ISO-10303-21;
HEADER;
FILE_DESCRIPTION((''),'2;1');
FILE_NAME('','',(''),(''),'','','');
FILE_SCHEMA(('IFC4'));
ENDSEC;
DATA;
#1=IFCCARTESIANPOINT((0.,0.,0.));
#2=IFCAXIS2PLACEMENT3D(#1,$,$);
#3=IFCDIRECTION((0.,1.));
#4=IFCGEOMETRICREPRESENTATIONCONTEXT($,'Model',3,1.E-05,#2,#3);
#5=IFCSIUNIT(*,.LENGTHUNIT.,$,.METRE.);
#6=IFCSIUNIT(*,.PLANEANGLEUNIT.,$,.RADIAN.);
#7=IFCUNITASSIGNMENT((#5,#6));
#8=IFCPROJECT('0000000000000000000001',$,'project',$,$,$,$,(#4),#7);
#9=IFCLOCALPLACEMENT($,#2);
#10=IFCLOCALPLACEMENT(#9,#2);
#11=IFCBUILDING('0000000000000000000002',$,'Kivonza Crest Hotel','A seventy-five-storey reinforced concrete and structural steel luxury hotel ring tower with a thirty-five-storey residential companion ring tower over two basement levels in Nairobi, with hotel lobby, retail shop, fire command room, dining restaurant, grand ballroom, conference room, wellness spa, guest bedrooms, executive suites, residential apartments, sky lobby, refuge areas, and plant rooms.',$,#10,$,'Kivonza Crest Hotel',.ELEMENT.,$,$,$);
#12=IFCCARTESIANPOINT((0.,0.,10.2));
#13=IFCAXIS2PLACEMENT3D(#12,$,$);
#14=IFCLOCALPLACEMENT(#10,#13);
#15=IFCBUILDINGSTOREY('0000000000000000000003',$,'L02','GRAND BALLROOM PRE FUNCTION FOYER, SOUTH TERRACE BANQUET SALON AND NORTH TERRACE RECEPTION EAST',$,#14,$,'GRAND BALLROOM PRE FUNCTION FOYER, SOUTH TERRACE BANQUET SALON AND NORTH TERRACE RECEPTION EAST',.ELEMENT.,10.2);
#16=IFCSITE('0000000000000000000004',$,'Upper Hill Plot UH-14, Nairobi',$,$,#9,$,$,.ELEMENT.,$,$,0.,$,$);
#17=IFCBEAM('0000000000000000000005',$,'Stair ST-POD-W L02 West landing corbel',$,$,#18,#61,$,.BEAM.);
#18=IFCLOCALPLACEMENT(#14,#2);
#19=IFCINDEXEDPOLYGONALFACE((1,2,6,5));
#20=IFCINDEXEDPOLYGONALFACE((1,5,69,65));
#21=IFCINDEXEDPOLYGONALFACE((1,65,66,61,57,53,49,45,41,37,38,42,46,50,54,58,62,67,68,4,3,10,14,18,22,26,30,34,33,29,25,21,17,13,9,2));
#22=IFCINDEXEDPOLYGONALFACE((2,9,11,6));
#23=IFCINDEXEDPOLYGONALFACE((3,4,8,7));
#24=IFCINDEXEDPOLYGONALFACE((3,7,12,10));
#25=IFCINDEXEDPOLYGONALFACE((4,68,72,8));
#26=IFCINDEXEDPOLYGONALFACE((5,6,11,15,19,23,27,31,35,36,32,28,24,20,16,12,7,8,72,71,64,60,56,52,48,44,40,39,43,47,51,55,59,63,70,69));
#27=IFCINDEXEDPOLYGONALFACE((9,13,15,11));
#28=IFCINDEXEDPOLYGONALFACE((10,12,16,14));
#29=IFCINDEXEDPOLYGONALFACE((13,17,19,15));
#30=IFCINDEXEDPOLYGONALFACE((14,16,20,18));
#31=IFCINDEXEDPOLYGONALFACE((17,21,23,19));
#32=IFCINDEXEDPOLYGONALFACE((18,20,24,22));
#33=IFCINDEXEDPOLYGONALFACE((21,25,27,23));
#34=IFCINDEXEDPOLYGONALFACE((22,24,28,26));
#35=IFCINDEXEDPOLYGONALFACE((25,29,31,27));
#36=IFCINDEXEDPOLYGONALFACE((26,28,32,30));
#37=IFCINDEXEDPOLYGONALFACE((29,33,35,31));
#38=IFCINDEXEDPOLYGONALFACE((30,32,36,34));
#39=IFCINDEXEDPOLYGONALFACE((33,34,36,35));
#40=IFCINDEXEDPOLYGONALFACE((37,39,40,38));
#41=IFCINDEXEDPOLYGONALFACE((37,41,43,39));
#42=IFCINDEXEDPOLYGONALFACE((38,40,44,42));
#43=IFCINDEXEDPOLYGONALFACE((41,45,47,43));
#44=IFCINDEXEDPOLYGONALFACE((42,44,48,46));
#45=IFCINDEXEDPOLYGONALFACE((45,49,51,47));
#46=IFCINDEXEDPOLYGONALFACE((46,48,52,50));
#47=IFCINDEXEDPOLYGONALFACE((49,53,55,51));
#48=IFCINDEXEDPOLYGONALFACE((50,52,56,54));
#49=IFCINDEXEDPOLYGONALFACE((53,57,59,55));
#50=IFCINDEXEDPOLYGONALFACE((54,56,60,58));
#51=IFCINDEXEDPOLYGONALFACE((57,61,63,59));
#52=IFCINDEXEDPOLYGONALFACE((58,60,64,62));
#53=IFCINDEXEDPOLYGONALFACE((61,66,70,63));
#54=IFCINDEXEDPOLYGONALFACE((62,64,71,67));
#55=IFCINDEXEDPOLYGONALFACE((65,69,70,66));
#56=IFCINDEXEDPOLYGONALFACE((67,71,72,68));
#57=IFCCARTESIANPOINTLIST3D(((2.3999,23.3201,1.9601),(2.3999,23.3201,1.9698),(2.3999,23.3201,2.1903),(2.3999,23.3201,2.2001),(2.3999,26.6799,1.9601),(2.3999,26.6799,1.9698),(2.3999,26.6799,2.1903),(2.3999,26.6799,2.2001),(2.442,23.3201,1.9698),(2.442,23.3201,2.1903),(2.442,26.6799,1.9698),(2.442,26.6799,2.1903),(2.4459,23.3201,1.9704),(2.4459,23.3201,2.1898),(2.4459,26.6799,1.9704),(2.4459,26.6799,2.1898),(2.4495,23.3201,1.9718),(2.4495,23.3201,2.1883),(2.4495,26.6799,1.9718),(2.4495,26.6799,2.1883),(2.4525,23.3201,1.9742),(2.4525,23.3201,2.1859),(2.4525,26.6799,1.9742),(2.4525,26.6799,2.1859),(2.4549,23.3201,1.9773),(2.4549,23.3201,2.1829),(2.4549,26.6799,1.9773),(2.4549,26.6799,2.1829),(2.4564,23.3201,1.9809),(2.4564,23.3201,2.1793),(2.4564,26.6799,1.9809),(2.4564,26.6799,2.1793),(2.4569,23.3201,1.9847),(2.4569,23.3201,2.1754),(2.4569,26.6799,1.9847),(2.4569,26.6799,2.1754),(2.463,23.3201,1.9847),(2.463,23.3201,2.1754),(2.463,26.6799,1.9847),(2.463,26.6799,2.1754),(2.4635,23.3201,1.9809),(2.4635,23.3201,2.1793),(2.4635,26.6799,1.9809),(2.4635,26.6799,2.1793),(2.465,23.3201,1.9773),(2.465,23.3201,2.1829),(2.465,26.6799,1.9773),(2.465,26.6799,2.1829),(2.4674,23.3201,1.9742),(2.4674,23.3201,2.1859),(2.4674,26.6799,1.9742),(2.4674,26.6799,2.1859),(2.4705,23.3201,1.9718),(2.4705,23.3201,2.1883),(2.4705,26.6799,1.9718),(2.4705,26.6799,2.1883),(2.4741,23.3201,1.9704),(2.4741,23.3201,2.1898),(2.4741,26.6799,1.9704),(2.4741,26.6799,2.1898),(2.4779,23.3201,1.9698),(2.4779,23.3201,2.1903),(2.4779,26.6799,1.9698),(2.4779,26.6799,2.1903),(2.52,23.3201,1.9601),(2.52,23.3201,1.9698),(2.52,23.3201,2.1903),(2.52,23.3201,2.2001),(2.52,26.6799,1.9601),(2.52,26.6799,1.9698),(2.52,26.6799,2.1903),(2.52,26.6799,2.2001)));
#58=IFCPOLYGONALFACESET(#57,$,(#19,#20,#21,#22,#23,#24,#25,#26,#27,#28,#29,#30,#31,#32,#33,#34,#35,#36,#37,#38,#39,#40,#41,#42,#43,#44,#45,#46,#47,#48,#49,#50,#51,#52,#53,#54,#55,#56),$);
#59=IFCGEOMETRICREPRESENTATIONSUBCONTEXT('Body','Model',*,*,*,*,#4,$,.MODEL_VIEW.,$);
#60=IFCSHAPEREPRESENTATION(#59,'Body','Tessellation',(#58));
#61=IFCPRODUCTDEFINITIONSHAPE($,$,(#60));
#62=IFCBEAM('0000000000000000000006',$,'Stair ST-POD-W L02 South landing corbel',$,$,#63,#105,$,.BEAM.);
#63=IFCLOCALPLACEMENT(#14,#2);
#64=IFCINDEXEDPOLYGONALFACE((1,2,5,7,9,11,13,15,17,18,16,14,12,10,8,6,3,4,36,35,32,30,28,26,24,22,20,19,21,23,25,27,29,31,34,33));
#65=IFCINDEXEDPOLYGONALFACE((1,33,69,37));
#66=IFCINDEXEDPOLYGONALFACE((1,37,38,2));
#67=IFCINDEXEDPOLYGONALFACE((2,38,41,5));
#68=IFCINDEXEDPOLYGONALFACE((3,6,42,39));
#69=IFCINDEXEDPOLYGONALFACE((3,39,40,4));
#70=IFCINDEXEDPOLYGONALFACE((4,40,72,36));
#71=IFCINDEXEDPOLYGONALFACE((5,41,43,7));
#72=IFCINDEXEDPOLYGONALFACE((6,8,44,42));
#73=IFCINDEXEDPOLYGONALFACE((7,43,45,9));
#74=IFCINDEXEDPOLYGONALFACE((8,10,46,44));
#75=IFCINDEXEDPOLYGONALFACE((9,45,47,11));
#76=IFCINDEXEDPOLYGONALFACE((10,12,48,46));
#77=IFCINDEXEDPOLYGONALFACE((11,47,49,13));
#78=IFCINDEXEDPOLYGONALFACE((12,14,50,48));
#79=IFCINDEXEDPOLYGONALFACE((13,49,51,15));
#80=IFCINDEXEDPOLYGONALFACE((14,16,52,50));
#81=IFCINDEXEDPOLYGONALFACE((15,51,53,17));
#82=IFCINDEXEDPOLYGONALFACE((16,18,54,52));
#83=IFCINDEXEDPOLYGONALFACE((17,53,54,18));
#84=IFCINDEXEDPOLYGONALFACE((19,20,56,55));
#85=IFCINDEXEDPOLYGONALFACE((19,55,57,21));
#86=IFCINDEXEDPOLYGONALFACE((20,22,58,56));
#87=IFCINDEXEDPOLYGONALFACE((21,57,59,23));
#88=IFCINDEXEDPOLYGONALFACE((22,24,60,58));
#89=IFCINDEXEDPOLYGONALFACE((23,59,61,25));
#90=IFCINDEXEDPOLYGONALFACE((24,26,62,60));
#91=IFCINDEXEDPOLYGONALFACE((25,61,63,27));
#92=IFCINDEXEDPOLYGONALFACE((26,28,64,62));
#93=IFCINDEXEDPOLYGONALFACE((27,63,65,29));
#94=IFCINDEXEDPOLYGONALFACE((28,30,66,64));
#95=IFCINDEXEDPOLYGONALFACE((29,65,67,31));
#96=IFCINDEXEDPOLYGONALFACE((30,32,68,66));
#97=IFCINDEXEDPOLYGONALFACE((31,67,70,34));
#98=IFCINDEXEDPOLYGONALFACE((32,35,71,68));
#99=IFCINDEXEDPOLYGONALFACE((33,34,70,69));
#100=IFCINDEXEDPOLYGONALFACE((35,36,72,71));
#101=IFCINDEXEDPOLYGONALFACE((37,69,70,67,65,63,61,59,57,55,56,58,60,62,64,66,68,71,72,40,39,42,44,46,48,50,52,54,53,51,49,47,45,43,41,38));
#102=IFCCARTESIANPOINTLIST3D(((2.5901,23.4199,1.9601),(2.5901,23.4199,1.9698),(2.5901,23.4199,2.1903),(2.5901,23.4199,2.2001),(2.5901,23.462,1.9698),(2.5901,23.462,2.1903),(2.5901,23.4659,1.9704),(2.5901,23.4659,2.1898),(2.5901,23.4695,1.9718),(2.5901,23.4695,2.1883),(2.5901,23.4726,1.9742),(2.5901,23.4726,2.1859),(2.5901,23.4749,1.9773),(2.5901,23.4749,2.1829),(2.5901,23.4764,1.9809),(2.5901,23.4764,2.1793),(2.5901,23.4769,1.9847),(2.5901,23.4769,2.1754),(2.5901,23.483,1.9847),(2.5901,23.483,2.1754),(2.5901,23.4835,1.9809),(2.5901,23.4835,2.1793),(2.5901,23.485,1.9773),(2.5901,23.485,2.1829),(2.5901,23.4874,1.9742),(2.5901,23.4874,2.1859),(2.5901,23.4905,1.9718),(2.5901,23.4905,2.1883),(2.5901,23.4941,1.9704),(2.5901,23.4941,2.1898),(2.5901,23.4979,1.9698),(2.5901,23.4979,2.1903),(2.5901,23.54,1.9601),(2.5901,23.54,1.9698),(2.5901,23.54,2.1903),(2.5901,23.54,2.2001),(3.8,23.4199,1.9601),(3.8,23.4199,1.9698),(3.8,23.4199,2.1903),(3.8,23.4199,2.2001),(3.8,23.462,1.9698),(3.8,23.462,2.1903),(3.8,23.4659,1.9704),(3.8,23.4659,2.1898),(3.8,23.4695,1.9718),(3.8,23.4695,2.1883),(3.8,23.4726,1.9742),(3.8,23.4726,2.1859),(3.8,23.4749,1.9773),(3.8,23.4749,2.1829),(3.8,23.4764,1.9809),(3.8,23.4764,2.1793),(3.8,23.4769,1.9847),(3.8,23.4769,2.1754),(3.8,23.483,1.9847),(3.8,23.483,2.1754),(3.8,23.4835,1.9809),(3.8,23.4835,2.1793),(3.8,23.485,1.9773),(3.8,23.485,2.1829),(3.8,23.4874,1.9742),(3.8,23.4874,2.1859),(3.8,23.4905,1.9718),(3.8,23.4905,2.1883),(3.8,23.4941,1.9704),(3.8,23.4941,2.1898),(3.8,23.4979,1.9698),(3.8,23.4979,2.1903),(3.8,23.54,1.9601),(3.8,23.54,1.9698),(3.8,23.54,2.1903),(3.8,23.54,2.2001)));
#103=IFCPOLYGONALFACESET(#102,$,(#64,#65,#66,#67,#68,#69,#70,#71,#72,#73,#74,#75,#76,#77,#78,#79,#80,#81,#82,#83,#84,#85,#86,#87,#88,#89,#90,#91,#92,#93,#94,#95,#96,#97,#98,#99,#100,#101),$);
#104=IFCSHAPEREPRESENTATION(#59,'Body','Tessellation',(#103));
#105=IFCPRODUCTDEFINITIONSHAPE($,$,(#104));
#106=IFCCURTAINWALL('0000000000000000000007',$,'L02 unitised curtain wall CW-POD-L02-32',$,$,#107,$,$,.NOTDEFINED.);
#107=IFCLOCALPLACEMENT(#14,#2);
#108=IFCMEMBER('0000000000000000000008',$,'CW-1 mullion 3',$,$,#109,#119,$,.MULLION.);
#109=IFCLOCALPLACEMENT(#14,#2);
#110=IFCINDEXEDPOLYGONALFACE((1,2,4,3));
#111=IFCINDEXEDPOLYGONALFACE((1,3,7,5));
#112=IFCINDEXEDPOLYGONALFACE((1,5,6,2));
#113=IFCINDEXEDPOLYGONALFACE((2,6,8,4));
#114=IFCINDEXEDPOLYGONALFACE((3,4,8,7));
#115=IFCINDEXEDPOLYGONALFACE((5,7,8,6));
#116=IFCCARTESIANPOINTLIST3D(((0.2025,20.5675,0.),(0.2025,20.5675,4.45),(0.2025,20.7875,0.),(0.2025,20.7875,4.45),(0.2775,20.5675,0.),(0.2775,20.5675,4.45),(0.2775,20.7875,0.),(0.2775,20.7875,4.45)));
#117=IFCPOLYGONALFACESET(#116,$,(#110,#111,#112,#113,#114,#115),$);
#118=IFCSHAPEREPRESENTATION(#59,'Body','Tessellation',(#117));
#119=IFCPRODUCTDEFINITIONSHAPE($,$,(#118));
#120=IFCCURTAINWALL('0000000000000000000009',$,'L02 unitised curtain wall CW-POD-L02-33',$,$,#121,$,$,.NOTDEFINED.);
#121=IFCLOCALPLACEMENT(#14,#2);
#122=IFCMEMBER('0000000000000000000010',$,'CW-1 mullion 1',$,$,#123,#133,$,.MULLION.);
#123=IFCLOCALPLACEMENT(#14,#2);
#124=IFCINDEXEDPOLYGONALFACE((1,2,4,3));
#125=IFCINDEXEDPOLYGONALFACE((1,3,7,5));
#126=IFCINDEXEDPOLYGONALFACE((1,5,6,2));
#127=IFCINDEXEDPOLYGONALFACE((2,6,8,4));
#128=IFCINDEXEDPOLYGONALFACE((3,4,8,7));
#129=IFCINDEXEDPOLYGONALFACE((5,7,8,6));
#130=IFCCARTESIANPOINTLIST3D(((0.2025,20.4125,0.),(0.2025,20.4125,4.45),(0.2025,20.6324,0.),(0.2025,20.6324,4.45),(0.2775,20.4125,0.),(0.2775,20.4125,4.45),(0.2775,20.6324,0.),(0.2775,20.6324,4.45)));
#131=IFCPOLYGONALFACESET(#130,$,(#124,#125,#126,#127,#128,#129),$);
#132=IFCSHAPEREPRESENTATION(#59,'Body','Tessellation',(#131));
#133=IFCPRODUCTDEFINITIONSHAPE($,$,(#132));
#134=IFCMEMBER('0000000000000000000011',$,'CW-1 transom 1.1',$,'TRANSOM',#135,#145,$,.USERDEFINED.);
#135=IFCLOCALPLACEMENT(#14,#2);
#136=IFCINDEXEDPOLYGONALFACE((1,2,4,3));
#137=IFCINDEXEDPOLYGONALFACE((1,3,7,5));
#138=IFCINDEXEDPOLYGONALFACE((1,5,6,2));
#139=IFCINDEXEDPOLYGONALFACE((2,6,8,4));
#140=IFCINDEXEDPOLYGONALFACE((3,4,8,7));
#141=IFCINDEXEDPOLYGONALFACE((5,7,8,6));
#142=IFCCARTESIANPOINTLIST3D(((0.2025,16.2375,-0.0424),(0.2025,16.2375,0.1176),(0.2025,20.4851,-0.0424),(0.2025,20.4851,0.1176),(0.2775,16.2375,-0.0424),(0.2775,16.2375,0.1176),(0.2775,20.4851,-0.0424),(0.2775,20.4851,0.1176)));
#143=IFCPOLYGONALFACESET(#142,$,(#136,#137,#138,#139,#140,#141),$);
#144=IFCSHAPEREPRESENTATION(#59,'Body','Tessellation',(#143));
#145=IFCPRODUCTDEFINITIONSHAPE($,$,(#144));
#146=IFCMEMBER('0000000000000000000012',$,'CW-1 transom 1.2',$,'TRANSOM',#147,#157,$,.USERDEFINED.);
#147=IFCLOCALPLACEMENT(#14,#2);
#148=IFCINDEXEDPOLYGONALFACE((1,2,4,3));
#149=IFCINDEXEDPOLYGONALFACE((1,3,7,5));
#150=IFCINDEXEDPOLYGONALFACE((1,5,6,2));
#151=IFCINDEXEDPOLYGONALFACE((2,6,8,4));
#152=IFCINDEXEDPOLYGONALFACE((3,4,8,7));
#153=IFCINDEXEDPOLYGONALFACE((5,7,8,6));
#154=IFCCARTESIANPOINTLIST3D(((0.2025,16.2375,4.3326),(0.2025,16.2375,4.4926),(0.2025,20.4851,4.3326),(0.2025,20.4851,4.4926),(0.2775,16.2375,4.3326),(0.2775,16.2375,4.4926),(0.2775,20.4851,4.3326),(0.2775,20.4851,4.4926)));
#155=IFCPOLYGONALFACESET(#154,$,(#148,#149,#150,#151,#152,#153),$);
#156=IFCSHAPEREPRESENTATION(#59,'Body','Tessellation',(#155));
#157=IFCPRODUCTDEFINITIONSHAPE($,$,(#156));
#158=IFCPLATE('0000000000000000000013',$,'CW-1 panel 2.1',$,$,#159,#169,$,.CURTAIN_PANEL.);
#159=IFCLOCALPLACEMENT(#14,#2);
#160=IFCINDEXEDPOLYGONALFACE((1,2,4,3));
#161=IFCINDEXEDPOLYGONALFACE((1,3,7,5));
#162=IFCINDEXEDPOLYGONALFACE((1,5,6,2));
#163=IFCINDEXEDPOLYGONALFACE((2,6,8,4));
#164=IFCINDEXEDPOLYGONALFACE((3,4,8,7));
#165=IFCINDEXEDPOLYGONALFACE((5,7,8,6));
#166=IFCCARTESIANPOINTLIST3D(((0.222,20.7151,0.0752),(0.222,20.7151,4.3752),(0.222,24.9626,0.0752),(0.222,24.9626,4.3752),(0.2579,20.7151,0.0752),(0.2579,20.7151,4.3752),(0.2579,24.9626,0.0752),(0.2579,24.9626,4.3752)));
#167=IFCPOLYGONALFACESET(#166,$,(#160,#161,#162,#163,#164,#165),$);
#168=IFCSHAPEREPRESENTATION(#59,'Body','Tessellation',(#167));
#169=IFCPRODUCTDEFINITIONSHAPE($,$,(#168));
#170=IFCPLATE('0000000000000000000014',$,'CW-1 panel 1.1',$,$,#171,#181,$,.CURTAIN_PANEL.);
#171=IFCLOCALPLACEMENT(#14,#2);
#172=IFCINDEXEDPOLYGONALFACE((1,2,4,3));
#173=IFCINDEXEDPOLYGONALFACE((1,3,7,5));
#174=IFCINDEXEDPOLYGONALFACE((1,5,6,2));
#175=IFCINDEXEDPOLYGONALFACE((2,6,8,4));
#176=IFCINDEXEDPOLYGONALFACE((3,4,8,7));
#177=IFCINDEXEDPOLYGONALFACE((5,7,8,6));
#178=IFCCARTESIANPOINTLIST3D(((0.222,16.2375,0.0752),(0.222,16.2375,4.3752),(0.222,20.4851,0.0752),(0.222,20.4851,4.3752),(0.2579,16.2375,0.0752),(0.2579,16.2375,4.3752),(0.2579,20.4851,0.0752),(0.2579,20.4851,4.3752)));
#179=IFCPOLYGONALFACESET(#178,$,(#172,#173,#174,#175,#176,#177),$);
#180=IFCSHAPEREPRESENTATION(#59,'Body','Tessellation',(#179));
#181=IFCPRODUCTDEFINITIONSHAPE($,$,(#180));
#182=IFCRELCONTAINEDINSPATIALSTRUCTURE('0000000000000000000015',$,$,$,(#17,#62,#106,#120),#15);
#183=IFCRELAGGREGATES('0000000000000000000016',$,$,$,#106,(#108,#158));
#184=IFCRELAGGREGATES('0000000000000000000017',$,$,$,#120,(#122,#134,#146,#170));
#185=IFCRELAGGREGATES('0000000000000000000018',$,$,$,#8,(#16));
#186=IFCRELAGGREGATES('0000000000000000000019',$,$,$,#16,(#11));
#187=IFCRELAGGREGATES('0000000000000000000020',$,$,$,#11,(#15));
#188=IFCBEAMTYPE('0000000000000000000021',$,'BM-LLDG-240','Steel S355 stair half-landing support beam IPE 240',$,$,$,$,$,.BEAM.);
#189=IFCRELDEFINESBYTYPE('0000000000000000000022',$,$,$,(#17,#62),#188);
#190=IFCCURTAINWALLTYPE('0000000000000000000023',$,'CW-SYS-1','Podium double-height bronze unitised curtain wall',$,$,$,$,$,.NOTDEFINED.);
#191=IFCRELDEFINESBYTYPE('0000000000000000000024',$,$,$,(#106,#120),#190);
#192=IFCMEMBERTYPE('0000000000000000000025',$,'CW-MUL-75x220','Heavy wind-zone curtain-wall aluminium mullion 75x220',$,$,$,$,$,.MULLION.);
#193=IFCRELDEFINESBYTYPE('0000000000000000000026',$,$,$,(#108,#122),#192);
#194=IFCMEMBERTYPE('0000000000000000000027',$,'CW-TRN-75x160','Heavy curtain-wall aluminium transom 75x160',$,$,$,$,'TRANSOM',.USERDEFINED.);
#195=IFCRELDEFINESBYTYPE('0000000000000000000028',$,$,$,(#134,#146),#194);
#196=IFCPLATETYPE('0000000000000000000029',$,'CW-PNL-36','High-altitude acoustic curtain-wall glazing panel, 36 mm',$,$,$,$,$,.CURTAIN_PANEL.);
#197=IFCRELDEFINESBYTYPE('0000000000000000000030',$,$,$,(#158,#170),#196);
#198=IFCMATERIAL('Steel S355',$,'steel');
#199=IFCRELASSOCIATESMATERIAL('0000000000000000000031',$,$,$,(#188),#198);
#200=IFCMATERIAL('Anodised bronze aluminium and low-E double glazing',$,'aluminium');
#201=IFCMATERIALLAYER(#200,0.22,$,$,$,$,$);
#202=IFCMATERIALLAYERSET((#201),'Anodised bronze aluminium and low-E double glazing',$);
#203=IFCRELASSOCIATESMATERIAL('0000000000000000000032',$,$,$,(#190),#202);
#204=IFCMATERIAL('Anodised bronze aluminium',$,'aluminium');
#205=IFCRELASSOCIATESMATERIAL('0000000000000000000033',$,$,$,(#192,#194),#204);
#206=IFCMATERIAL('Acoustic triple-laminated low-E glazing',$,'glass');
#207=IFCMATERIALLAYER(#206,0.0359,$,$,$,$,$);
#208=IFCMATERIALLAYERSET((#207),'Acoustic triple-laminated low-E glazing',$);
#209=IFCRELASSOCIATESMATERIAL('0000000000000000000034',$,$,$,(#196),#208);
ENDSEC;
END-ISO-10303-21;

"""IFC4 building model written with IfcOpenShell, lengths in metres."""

from ifc_helpers import new_model, si_unit, direction, frame, origin, origin_2d, place, context, subcontext, project, spatial, rectangle, i_section, extrude, material, layer, layer_set, material_profile, profile_set, type_object, element, aggregate, save


model = new_model("IFC4")

# Units and contexts
model_context = context("Model", 3, precision=1e-05, world=origin(), true_north=direction((0.0, 1.0)))
body_context = subcontext(model_context, "Body", "Model", "MODEL_VIEW")
ifc_project = project(units=[si_unit("LENGTHUNIT", "METRE"), si_unit("PLANEANGLEUNIT", "RADIAN")], contexts=[model_context])

# Site, building, storey
site_placement = place(None, origin())
site = spatial("IfcSite", under=ifc_project, at=site_placement, Name="Upper Hill Plot UH-14, Nairobi", CompositionType="ELEMENT", RefElevation=0.0)
building_placement = place(site_placement, origin())
building = spatial("IfcBuilding", under=site, at=building_placement, Name="Kivonza Crest Hotel", Description="A seventy-five-storey reinforced concrete and structural steel luxury hotel ring tower with a thirty-five-storey residential companion ring tower over two basement levels in Nairobi, with hotel lobby, retail shop, fire command room, dining restaurant, grand ballroom, conference room, wellness spa, guest bedrooms, executive suites, residential apartments, sky lobby, refuge areas, and plant rooms.", LongName="Kivonza Crest Hotel", CompositionType="ELEMENT")
storey_placement = place(building_placement, frame((0.0, 0.0, 10.2)))
storey = spatial("IfcBuildingStorey", under=building, at=storey_placement, Name="L02", Description="GRAND BALLROOM PRE FUNCTION FOYER, SOUTH TERRACE BANQUET SALON AND NORTH TERRACE RECEPTION EAST", LongName="GRAND BALLROOM PRE FUNCTION FOYER, SOUTH TERRACE BANQUET SALON AND NORTH TERRACE RECEPTION EAST", CompositionType="ELEMENT", Elevation=10.2)

# Beams
ifc_material_1 = material(Name="Steel S355", Category="steel")
ifc_material_profile_1 = material_profile(ifc_material_1, i_section(OverallWidth=0.1201, OverallDepth=0.24, WebThickness=0.0061, FlangeThickness=0.0098, FilletRadius=0.0149, at=origin_2d()), Name="IPE 240")
ifc_profile_set_1 = profile_set([ifc_material_profile_1], Name="Steel S355")
beam_type_1 = type_object("IfcBeamType", Name="BM-LLDG-240", Description="Steel S355 stair half-landing support beam IPE 240", PredefinedType="BEAM", material=ifc_profile_set_1)
beam_1_placement = place(storey_placement, frame((2.46, 23.3201, 2.0801), z_axis=(0.0, 1.0, 0.0), x_axis=(-1.0, 0.0, 0.0)))
element("IfcBeam", 1, at=beam_1_placement, inside=storey, type_object=beam_type_1, Name="Stair ST-POD-W L02 West landing corbel", PredefinedType="BEAM", context=body_context, shape_type="SweptSolid", body=[
    extrude(i_section(OverallWidth=0.1201, OverallDepth=0.24, WebThickness=0.0061, FlangeThickness=0.0098, FilletRadius=0.0149, at=origin_2d()), origin(), (0.0, 0.0, 1.0), 3.3599),
])
beam_2_placement = place(storey_placement, frame((2.5901, 23.48, 2.0801), z_axis=(1.0, 0.0, 0.0), x_axis=(0.0, 1.0, 0.0)))
element("IfcBeam", 2, at=beam_2_placement, inside=storey, type_object=beam_type_1, Name="Stair ST-POD-W L02 South landing corbel", PredefinedType="BEAM", context=body_context, shape_type="SweptSolid", body=[
    extrude(i_section(OverallWidth=0.1201, OverallDepth=0.24, WebThickness=0.0061, FlangeThickness=0.0098, FilletRadius=0.0149, at=origin_2d()), origin(), (0.0, 0.0, 1.0), 1.21),
])

# Curtain wall, member
ifc_material_2 = material(Name="Anodised bronze aluminium and low-E double glazing", Category="aluminium")
ifc_layer_1 = layer(ifc_material_2, 0.22)
ifc_layer_set_1 = layer_set([ifc_layer_1], Name="Anodised bronze aluminium and low-E double glazing")
curtain_wall_type = type_object("IfcCurtainWallType", Name="CW-SYS-1", Description="Podium double-height bronze unitised curtain wall", PredefinedType="NOTDEFINED", material=ifc_layer_set_1)
curtain_wall_1_placement = place(storey_placement, origin())
curtain_wall_1 = element("IfcCurtainWall", 3, at=curtain_wall_1_placement, inside=storey, type_object=curtain_wall_type, Name="L02 unitised curtain wall CW-POD-L02-32", PredefinedType="NOTDEFINED")
ifc_material_3 = material(Name="Anodised bronze aluminium", Category="aluminium")
ifc_material_profile_2 = material_profile(ifc_material_3, rectangle(XDim=0.075, YDim=0.22, at=origin_2d()), Name="CW-M 75x220")
ifc_profile_set_2 = profile_set([ifc_material_profile_2], Name="Anodised bronze aluminium")
member_type_1 = type_object("IfcMemberType", Name="CW-MUL-75x220", Description="Heavy wind-zone curtain-wall aluminium mullion 75x220", PredefinedType="MULLION", material=ifc_profile_set_2)
member_1_placement = place(storey_placement, frame((0.24, 20.6775, 0.0), z_axis=(0.0, 0.0, 1.0), x_axis=(1.0, 0.0, 0.0)))
member_1 = element("IfcMember", 4, at=member_1_placement, type_object=member_type_1, Name="CW-1 mullion 3", PredefinedType="MULLION", context=body_context, shape_type="SweptSolid", body=[
    extrude(rectangle(XDim=0.075, YDim=0.22, at=origin_2d()), origin(), (0.0, 0.0, 1.0), 4.45),
])

# Curtain wall, members
curtain_wall_2_placement = place(storey_placement, origin())
curtain_wall_2 = element("IfcCurtainWall", 5, at=curtain_wall_2_placement, inside=storey, type_object=curtain_wall_type, Name="L02 unitised curtain wall CW-POD-L02-33", PredefinedType="NOTDEFINED")
member_2_placement = place(storey_placement, frame((0.24, 20.5225, 0.0), z_axis=(0.0, 0.0, 1.0), x_axis=(1.0, 0.0, 0.0)))
member_2 = element("IfcMember", 6, at=member_2_placement, type_object=member_type_1, Name="CW-1 mullion 1", PredefinedType="MULLION", context=body_context, shape_type="SweptSolid", body=[
    extrude(rectangle(XDim=0.075, YDim=0.22, at=origin_2d()), origin(), (0.0, 0.0, 1.0), 4.45),
])
ifc_material_profile_3 = material_profile(ifc_material_3, rectangle(XDim=0.075, YDim=0.1599, at=origin_2d()), Name="CW-T 75x160")
ifc_profile_set_3 = profile_set([ifc_material_profile_3], Name="Anodised bronze aluminium")
member_type_2 = type_object("IfcMemberType", Name="CW-TRN-75x160", Description="Heavy curtain-wall aluminium transom 75x160", ElementType="TRANSOM", PredefinedType="USERDEFINED", material=ifc_profile_set_3)
member_3_placement = place(storey_placement, frame((0.24, 20.4851, 0.0376), z_axis=(0.0, -1.0, 0.0), x_axis=(1.0, 0.0, 0.0)))
member_3 = element("IfcMember", 7, at=member_3_placement, type_object=member_type_2, Name="CW-1 transom 1.1", ObjectType="TRANSOM", PredefinedType="USERDEFINED", context=body_context, shape_type="SweptSolid", body=[
    extrude(rectangle(XDim=0.075, YDim=0.1599, at=origin_2d()), origin(), (0.0, 0.0, 1.0), 4.2476),
])
member_4_placement = place(storey_placement, frame((0.24, 20.4851, 4.4126), z_axis=(0.0, -1.0, 0.0), x_axis=(1.0, 0.0, 0.0)))
member_4 = element("IfcMember", 8, at=member_4_placement, type_object=member_type_2, Name="CW-1 transom 1.2", ObjectType="TRANSOM", PredefinedType="USERDEFINED", context=body_context, shape_type="SweptSolid", body=[
    extrude(rectangle(XDim=0.075, YDim=0.1599, at=origin_2d()), origin(), (0.0, 0.0, 1.0), 4.2476),
])

# Plates
ifc_material_4 = material(Name="Acoustic triple-laminated low-E glazing", Category="glass")
ifc_layer_2 = layer(ifc_material_4, 0.0359)
ifc_layer_set_2 = layer_set([ifc_layer_2], Name="Acoustic triple-laminated low-E glazing")
plate_type = type_object("IfcPlateType", Name="CW-PNL-36", Description="High-altitude acoustic curtain-wall glazing panel, 36 mm", PredefinedType="CURTAIN_PANEL", material=ifc_layer_set_2)
plate_1_placement = place(storey_placement, frame((0.24, 22.8389, 0.0752), z_axis=(0.0, 0.0, 1.0), x_axis=(0.0, -1.0, 0.0)))
plate_1 = element("IfcPlate", 9, at=plate_1_placement, type_object=plate_type, Name="CW-1 panel 2.1", PredefinedType="CURTAIN_PANEL", context=body_context, shape_type="SweptSolid", body=[
    extrude(rectangle(XDim=4.2476, YDim=0.0359, at=origin_2d()), origin(), (0.0, 0.0, 1.0), 4.3),
])
aggregate(curtain_wall_1, [member_1, plate_1])
plate_2_placement = place(storey_placement, frame((0.24, 18.3613, 0.0752), z_axis=(0.0, 0.0, 1.0), x_axis=(0.0, -1.0, 0.0)))
plate_2 = element("IfcPlate", 10, at=plate_2_placement, type_object=plate_type, Name="CW-1 panel 1.1", PredefinedType="CURTAIN_PANEL", context=body_context, shape_type="SweptSolid", body=[
    extrude(rectangle(XDim=4.2476, YDim=0.0359, at=origin_2d()), origin(), (0.0, 0.0, 1.0), 4.3),
])
aggregate(curtain_wall_2, [member_2, member_3, member_4, plate_2])

save(model, "model.ifc")
